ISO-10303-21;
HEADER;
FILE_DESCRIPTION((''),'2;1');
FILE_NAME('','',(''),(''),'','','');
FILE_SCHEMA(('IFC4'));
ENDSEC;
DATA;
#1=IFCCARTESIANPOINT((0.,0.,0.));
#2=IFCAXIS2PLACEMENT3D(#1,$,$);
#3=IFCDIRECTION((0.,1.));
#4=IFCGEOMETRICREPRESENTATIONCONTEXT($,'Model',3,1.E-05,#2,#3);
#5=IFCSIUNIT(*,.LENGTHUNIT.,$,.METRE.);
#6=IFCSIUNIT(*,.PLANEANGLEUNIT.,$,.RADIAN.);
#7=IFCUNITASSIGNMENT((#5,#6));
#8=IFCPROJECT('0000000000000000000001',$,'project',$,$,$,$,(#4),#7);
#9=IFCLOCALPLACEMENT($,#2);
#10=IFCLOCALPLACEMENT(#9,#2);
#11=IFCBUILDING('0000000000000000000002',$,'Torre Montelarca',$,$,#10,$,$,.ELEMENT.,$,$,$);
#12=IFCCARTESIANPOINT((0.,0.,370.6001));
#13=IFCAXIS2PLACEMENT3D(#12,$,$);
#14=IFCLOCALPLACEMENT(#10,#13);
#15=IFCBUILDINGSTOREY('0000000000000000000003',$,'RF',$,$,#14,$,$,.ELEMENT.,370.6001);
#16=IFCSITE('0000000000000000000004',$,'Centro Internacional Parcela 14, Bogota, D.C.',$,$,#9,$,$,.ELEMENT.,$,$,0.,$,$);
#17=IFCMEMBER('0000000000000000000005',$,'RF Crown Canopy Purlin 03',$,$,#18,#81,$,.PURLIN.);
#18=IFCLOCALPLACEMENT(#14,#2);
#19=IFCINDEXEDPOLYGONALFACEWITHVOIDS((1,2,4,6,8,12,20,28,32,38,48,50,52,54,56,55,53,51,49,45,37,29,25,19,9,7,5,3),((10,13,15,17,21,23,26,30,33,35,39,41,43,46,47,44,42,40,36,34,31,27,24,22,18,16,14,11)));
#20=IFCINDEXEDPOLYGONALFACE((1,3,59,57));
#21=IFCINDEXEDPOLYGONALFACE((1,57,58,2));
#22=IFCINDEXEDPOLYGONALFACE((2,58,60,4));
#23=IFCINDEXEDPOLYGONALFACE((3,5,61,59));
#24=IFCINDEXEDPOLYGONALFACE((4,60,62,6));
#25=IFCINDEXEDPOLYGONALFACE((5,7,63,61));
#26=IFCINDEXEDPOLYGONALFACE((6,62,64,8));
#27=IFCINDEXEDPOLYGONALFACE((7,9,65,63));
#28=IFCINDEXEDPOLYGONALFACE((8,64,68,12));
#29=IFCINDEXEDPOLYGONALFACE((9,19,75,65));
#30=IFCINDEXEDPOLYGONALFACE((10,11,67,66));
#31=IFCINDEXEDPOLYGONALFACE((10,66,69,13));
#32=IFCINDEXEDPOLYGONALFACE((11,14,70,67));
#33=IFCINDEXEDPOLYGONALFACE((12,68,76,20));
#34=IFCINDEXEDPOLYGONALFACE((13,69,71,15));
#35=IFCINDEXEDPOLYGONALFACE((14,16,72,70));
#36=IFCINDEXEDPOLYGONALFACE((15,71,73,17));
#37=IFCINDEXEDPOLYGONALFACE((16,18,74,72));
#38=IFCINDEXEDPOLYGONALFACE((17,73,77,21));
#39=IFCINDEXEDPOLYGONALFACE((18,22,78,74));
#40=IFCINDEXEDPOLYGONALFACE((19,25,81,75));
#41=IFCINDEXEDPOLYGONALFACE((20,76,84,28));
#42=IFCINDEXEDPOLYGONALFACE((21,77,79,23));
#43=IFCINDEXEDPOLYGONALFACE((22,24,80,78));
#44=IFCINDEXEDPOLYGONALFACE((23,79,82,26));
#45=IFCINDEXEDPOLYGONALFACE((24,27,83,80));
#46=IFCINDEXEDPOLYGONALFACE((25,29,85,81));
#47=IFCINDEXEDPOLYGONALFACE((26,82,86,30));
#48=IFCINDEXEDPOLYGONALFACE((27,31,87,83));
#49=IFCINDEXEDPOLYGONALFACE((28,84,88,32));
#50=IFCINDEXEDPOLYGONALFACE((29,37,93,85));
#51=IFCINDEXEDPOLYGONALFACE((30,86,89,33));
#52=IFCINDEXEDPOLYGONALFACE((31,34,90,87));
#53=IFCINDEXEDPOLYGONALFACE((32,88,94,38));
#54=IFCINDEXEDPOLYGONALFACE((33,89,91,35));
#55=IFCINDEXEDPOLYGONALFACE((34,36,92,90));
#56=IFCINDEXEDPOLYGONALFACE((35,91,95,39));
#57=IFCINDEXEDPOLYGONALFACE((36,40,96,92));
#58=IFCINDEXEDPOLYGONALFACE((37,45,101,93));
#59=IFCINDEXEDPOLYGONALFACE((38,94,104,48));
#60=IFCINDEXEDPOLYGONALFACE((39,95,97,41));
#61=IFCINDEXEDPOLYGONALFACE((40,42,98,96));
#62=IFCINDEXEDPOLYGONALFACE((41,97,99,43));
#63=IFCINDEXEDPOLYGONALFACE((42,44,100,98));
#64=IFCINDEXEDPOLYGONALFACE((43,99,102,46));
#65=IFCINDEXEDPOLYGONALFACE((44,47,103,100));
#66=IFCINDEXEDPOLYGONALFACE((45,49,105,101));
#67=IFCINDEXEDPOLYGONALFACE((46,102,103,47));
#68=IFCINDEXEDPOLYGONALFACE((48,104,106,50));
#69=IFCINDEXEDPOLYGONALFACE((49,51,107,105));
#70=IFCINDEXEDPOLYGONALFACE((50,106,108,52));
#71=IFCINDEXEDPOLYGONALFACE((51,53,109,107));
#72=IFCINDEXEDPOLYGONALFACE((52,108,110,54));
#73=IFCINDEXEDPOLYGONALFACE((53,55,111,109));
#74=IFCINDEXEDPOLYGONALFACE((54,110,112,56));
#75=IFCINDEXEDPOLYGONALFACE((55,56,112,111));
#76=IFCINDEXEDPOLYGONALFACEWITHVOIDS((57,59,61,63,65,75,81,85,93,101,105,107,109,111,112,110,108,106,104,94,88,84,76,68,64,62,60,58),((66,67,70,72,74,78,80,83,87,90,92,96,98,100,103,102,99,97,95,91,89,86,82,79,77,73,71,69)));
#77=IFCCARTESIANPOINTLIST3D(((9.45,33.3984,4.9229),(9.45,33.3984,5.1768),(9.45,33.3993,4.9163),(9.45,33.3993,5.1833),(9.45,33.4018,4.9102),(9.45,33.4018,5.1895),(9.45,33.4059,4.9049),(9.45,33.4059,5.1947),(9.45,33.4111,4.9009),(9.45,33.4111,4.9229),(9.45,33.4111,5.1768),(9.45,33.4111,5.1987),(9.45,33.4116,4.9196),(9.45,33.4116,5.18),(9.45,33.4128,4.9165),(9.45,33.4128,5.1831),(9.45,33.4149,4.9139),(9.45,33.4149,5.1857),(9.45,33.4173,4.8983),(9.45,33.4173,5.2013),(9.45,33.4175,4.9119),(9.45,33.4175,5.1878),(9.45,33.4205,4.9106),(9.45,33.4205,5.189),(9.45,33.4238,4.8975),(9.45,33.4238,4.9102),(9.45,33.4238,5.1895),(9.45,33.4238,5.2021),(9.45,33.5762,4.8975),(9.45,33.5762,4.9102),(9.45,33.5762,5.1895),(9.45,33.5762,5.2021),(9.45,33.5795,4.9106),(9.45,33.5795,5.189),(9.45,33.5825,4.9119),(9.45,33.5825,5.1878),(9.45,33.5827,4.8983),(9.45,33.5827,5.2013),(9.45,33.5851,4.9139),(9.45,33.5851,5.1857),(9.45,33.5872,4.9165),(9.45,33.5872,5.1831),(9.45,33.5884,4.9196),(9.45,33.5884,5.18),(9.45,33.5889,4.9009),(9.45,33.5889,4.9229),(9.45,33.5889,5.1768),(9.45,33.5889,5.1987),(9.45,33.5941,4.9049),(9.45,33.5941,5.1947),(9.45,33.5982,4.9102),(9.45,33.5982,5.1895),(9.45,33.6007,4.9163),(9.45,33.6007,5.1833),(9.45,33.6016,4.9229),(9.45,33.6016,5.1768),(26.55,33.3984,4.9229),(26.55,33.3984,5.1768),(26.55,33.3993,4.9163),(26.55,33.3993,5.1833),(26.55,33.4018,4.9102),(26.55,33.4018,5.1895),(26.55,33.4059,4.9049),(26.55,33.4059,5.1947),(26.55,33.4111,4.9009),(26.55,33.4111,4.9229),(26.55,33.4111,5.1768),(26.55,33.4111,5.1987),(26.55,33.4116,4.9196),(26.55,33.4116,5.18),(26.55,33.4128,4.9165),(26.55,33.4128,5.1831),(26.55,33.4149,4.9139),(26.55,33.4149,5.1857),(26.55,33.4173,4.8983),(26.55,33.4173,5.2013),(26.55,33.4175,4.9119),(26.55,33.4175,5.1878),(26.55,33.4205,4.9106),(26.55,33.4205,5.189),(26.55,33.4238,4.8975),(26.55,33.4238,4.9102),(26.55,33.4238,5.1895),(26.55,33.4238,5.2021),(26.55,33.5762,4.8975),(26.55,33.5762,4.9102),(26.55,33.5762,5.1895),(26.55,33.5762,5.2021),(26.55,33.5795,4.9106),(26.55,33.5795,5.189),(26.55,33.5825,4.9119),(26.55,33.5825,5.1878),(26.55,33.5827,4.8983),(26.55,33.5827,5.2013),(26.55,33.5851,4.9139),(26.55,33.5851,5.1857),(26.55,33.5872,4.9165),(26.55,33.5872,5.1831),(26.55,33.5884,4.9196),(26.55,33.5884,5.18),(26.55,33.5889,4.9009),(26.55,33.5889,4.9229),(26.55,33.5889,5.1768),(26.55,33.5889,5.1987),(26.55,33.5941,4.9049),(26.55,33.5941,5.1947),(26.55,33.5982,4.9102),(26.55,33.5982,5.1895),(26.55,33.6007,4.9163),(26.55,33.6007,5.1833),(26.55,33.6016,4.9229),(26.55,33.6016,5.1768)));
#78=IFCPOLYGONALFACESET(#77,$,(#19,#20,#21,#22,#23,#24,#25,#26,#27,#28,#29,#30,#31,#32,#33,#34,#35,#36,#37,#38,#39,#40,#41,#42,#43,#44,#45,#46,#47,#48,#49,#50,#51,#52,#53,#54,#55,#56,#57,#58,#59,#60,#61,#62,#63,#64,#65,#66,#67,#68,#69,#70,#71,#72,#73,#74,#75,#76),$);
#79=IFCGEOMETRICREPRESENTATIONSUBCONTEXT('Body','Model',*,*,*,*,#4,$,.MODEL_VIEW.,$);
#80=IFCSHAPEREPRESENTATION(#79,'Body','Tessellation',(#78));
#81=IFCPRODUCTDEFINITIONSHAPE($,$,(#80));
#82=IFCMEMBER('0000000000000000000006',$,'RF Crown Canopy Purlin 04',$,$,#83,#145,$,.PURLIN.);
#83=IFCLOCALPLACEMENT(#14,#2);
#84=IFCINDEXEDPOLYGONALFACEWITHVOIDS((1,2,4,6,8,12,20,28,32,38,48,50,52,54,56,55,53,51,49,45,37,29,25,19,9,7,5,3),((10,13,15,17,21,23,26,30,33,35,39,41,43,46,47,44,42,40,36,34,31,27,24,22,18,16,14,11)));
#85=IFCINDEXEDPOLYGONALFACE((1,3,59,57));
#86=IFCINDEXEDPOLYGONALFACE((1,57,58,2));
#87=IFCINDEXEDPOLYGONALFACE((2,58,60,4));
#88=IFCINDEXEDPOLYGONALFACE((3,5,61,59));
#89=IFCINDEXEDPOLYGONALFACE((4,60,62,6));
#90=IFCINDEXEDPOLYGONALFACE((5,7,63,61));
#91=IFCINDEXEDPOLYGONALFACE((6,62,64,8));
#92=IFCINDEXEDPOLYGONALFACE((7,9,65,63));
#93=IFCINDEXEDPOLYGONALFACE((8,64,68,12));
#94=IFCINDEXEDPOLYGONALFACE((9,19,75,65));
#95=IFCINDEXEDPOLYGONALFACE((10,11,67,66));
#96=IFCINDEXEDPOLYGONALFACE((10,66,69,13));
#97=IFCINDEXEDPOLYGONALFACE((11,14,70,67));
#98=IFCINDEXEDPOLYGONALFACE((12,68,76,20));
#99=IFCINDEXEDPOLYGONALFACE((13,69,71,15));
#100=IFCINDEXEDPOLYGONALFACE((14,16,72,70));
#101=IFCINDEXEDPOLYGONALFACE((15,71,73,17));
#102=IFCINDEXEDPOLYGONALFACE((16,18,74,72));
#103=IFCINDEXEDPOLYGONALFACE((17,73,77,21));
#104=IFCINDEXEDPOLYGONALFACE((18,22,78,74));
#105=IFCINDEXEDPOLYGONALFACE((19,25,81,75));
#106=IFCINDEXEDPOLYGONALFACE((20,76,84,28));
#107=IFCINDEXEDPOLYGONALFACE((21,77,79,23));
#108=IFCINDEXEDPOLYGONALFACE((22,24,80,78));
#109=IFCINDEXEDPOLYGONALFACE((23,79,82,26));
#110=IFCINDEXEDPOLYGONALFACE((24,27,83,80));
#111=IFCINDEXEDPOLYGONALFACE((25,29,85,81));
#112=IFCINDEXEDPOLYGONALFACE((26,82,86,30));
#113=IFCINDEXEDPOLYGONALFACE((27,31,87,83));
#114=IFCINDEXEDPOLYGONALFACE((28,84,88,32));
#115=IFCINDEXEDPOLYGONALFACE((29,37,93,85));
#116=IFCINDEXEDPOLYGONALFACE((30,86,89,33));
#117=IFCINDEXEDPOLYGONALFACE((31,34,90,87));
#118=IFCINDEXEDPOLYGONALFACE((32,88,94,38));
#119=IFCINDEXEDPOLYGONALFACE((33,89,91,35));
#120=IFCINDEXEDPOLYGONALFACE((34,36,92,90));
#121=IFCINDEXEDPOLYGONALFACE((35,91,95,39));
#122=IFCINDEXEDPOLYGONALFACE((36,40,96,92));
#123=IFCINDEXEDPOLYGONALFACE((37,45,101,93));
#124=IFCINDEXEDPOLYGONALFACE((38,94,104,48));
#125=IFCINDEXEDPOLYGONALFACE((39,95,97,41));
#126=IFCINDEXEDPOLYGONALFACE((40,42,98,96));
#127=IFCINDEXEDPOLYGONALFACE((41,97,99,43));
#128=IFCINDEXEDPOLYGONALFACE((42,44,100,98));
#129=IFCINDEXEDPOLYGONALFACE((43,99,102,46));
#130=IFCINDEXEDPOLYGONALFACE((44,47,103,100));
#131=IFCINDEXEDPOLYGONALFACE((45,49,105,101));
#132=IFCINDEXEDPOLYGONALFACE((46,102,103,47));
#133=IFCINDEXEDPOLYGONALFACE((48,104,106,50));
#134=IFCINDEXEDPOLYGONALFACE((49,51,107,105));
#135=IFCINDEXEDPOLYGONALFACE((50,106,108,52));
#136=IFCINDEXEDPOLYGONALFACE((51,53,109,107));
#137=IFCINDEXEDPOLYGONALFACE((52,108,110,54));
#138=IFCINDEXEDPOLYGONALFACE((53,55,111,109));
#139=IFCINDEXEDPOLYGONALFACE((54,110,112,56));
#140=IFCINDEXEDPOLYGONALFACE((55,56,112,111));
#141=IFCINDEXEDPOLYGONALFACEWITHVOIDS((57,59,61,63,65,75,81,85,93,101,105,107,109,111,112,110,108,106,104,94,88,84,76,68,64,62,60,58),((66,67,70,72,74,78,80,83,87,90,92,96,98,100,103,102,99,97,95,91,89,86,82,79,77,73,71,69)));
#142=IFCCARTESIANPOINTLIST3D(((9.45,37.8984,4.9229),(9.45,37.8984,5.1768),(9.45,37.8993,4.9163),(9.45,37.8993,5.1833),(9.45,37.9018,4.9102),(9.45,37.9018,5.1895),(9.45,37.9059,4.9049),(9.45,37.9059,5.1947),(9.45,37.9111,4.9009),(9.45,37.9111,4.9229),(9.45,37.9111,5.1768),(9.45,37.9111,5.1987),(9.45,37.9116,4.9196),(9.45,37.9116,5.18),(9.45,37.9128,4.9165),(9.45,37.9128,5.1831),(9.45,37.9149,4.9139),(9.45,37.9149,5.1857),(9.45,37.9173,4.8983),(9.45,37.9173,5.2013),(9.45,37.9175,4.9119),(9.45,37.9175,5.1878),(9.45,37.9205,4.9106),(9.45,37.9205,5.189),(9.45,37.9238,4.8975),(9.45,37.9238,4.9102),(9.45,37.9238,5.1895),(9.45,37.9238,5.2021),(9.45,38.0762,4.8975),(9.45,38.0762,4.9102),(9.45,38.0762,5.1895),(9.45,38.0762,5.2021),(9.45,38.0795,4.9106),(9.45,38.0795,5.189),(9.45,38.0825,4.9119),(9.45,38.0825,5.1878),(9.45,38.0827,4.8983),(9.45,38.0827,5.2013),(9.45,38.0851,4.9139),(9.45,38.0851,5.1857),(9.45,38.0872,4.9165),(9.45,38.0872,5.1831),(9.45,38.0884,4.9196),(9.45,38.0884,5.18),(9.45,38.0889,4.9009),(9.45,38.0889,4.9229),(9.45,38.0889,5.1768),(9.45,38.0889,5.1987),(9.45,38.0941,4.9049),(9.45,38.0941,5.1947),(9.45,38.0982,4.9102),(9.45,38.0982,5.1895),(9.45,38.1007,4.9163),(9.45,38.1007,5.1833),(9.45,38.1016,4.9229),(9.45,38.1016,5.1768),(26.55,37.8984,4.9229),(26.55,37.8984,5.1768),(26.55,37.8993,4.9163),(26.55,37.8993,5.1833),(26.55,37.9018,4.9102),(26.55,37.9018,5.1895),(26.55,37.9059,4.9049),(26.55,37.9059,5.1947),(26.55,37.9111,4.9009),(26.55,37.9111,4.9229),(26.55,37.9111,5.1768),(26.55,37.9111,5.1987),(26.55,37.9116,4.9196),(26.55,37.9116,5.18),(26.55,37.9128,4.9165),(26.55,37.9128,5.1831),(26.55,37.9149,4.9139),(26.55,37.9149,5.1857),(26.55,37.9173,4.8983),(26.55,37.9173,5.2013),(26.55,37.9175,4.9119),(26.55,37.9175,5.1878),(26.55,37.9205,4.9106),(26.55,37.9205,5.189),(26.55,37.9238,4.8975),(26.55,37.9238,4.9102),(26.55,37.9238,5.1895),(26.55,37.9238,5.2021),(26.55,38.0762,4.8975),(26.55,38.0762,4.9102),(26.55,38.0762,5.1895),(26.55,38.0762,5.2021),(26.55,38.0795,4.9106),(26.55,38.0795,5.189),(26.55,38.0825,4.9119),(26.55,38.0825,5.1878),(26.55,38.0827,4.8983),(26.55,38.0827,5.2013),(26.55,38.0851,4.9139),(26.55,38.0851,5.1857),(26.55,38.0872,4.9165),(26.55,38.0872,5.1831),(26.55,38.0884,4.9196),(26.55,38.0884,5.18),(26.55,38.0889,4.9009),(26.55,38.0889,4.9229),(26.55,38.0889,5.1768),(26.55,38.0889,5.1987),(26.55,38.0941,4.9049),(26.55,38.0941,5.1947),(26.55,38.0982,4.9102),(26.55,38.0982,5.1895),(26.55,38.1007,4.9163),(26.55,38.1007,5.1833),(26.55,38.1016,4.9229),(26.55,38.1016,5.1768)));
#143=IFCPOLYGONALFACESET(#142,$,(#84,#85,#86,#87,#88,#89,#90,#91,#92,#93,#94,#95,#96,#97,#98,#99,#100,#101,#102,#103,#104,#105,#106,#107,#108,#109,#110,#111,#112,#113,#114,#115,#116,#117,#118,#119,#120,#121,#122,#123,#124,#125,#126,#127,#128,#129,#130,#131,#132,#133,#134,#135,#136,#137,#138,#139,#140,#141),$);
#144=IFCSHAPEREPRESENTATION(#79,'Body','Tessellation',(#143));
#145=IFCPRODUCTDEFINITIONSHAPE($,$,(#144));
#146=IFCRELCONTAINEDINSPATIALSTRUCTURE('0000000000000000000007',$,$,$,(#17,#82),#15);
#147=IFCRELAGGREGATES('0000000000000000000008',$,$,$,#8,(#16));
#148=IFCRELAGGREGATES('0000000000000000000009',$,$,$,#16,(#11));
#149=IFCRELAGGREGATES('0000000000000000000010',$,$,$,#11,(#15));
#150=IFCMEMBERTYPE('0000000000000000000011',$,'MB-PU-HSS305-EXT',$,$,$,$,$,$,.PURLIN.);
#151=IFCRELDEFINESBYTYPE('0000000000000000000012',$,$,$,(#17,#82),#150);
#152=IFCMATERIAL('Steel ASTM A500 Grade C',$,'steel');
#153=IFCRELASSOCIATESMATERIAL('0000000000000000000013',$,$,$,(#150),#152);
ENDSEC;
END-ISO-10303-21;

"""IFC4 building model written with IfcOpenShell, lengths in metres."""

from ifc_helpers import new_model, si_unit, direction, frame, origin, origin_2d, place, context, subcontext, project, spatial, hollow_rectangle, extrude, source, transform, mapped, material, material_profile, profile_set, type_object, element, save


model = new_model("IFC4")

# Units and contexts
model_context = context("Model", 3, precision=1e-05, world=origin(), true_north=direction((0.0, 1.0)))
body_context = subcontext(model_context, "Body", "Model", "MODEL_VIEW")
ifc_project = project(units=[si_unit("LENGTHUNIT", "METRE"), si_unit("PLANEANGLEUNIT", "RADIAN")], contexts=[model_context])

# Site, building, storey
site_placement = place(None, origin())
site = spatial("IfcSite", under=ifc_project, at=site_placement, Name="Centro Internacional Parcela 14, Bogota, D.C.", CompositionType="ELEMENT", RefElevation=0.0)
building_placement = place(site_placement, origin())
building = spatial("IfcBuilding", under=site, at=building_placement, Name="Torre Montelarca", CompositionType="ELEMENT")
storey_placement = place(building_placement, frame((0.0, 0.0, 370.6001)))
storey = spatial("IfcBuildingStorey", under=building, at=storey_placement, Name="RF", CompositionType="ELEMENT", Elevation=370.6001)

# Shared definitions
ifc_material_1 = material(Name="Steel ASTM A500 Grade C", Category="steel")

# Members
ifc_material_profile_1 = material_profile(ifc_material_1, hollow_rectangle(XDim=0.2031, YDim=0.3047, WallThickness=0.0127, InnerFilletRadius=0.0127, OuterFilletRadius=0.0254, at=origin_2d()), Name="HSS305X203X12.7", Category="steel")
ifc_profile_set_1 = profile_set([ifc_material_profile_1], Name="Steel ASTM A500 Grade C")
member_type_1 = type_object("IfcMemberType", Name="MB-PU-HSS305-EXT", PredefinedType="PURLIN", material=ifc_profile_set_1)
shared_shape_1 = source(origin(), body_context, "Body", "SweptSolid", [
    extrude(hollow_rectangle(XDim=0.2031, YDim=0.3047, WallThickness=0.0127, InnerFilletRadius=0.0127, OuterFilletRadius=0.0254, at=origin_2d()), origin(), (0.0, 0.0, 1.0), 17.1001),
])
for number, where, z_axis, x_axis, name in (
    (1, (9.45, 33.5, 5.0498), (1.0, 0.0, 0.0), (0.0, 1.0, 0.0), "RF Crown Canopy Purlin 03"),
    (2, (9.45, 38.0, 5.0498), (1.0, 0.0, 0.0), (0.0, 1.0, 0.0), "RF Crown Canopy Purlin 04"),
):
    element("IfcMember", number, at=place(storey_placement, frame(where, z_axis=z_axis, x_axis=x_axis)), inside=storey, type_object=member_type_1, Name=name, PredefinedType="PURLIN", context=body_context, shape_type="MappedRepresentation", body=[
        mapped(shared_shape_1, transform((0.0, 0.0, 0.0), scale=1.0)),
    ])

save(model, "model.ifc")
